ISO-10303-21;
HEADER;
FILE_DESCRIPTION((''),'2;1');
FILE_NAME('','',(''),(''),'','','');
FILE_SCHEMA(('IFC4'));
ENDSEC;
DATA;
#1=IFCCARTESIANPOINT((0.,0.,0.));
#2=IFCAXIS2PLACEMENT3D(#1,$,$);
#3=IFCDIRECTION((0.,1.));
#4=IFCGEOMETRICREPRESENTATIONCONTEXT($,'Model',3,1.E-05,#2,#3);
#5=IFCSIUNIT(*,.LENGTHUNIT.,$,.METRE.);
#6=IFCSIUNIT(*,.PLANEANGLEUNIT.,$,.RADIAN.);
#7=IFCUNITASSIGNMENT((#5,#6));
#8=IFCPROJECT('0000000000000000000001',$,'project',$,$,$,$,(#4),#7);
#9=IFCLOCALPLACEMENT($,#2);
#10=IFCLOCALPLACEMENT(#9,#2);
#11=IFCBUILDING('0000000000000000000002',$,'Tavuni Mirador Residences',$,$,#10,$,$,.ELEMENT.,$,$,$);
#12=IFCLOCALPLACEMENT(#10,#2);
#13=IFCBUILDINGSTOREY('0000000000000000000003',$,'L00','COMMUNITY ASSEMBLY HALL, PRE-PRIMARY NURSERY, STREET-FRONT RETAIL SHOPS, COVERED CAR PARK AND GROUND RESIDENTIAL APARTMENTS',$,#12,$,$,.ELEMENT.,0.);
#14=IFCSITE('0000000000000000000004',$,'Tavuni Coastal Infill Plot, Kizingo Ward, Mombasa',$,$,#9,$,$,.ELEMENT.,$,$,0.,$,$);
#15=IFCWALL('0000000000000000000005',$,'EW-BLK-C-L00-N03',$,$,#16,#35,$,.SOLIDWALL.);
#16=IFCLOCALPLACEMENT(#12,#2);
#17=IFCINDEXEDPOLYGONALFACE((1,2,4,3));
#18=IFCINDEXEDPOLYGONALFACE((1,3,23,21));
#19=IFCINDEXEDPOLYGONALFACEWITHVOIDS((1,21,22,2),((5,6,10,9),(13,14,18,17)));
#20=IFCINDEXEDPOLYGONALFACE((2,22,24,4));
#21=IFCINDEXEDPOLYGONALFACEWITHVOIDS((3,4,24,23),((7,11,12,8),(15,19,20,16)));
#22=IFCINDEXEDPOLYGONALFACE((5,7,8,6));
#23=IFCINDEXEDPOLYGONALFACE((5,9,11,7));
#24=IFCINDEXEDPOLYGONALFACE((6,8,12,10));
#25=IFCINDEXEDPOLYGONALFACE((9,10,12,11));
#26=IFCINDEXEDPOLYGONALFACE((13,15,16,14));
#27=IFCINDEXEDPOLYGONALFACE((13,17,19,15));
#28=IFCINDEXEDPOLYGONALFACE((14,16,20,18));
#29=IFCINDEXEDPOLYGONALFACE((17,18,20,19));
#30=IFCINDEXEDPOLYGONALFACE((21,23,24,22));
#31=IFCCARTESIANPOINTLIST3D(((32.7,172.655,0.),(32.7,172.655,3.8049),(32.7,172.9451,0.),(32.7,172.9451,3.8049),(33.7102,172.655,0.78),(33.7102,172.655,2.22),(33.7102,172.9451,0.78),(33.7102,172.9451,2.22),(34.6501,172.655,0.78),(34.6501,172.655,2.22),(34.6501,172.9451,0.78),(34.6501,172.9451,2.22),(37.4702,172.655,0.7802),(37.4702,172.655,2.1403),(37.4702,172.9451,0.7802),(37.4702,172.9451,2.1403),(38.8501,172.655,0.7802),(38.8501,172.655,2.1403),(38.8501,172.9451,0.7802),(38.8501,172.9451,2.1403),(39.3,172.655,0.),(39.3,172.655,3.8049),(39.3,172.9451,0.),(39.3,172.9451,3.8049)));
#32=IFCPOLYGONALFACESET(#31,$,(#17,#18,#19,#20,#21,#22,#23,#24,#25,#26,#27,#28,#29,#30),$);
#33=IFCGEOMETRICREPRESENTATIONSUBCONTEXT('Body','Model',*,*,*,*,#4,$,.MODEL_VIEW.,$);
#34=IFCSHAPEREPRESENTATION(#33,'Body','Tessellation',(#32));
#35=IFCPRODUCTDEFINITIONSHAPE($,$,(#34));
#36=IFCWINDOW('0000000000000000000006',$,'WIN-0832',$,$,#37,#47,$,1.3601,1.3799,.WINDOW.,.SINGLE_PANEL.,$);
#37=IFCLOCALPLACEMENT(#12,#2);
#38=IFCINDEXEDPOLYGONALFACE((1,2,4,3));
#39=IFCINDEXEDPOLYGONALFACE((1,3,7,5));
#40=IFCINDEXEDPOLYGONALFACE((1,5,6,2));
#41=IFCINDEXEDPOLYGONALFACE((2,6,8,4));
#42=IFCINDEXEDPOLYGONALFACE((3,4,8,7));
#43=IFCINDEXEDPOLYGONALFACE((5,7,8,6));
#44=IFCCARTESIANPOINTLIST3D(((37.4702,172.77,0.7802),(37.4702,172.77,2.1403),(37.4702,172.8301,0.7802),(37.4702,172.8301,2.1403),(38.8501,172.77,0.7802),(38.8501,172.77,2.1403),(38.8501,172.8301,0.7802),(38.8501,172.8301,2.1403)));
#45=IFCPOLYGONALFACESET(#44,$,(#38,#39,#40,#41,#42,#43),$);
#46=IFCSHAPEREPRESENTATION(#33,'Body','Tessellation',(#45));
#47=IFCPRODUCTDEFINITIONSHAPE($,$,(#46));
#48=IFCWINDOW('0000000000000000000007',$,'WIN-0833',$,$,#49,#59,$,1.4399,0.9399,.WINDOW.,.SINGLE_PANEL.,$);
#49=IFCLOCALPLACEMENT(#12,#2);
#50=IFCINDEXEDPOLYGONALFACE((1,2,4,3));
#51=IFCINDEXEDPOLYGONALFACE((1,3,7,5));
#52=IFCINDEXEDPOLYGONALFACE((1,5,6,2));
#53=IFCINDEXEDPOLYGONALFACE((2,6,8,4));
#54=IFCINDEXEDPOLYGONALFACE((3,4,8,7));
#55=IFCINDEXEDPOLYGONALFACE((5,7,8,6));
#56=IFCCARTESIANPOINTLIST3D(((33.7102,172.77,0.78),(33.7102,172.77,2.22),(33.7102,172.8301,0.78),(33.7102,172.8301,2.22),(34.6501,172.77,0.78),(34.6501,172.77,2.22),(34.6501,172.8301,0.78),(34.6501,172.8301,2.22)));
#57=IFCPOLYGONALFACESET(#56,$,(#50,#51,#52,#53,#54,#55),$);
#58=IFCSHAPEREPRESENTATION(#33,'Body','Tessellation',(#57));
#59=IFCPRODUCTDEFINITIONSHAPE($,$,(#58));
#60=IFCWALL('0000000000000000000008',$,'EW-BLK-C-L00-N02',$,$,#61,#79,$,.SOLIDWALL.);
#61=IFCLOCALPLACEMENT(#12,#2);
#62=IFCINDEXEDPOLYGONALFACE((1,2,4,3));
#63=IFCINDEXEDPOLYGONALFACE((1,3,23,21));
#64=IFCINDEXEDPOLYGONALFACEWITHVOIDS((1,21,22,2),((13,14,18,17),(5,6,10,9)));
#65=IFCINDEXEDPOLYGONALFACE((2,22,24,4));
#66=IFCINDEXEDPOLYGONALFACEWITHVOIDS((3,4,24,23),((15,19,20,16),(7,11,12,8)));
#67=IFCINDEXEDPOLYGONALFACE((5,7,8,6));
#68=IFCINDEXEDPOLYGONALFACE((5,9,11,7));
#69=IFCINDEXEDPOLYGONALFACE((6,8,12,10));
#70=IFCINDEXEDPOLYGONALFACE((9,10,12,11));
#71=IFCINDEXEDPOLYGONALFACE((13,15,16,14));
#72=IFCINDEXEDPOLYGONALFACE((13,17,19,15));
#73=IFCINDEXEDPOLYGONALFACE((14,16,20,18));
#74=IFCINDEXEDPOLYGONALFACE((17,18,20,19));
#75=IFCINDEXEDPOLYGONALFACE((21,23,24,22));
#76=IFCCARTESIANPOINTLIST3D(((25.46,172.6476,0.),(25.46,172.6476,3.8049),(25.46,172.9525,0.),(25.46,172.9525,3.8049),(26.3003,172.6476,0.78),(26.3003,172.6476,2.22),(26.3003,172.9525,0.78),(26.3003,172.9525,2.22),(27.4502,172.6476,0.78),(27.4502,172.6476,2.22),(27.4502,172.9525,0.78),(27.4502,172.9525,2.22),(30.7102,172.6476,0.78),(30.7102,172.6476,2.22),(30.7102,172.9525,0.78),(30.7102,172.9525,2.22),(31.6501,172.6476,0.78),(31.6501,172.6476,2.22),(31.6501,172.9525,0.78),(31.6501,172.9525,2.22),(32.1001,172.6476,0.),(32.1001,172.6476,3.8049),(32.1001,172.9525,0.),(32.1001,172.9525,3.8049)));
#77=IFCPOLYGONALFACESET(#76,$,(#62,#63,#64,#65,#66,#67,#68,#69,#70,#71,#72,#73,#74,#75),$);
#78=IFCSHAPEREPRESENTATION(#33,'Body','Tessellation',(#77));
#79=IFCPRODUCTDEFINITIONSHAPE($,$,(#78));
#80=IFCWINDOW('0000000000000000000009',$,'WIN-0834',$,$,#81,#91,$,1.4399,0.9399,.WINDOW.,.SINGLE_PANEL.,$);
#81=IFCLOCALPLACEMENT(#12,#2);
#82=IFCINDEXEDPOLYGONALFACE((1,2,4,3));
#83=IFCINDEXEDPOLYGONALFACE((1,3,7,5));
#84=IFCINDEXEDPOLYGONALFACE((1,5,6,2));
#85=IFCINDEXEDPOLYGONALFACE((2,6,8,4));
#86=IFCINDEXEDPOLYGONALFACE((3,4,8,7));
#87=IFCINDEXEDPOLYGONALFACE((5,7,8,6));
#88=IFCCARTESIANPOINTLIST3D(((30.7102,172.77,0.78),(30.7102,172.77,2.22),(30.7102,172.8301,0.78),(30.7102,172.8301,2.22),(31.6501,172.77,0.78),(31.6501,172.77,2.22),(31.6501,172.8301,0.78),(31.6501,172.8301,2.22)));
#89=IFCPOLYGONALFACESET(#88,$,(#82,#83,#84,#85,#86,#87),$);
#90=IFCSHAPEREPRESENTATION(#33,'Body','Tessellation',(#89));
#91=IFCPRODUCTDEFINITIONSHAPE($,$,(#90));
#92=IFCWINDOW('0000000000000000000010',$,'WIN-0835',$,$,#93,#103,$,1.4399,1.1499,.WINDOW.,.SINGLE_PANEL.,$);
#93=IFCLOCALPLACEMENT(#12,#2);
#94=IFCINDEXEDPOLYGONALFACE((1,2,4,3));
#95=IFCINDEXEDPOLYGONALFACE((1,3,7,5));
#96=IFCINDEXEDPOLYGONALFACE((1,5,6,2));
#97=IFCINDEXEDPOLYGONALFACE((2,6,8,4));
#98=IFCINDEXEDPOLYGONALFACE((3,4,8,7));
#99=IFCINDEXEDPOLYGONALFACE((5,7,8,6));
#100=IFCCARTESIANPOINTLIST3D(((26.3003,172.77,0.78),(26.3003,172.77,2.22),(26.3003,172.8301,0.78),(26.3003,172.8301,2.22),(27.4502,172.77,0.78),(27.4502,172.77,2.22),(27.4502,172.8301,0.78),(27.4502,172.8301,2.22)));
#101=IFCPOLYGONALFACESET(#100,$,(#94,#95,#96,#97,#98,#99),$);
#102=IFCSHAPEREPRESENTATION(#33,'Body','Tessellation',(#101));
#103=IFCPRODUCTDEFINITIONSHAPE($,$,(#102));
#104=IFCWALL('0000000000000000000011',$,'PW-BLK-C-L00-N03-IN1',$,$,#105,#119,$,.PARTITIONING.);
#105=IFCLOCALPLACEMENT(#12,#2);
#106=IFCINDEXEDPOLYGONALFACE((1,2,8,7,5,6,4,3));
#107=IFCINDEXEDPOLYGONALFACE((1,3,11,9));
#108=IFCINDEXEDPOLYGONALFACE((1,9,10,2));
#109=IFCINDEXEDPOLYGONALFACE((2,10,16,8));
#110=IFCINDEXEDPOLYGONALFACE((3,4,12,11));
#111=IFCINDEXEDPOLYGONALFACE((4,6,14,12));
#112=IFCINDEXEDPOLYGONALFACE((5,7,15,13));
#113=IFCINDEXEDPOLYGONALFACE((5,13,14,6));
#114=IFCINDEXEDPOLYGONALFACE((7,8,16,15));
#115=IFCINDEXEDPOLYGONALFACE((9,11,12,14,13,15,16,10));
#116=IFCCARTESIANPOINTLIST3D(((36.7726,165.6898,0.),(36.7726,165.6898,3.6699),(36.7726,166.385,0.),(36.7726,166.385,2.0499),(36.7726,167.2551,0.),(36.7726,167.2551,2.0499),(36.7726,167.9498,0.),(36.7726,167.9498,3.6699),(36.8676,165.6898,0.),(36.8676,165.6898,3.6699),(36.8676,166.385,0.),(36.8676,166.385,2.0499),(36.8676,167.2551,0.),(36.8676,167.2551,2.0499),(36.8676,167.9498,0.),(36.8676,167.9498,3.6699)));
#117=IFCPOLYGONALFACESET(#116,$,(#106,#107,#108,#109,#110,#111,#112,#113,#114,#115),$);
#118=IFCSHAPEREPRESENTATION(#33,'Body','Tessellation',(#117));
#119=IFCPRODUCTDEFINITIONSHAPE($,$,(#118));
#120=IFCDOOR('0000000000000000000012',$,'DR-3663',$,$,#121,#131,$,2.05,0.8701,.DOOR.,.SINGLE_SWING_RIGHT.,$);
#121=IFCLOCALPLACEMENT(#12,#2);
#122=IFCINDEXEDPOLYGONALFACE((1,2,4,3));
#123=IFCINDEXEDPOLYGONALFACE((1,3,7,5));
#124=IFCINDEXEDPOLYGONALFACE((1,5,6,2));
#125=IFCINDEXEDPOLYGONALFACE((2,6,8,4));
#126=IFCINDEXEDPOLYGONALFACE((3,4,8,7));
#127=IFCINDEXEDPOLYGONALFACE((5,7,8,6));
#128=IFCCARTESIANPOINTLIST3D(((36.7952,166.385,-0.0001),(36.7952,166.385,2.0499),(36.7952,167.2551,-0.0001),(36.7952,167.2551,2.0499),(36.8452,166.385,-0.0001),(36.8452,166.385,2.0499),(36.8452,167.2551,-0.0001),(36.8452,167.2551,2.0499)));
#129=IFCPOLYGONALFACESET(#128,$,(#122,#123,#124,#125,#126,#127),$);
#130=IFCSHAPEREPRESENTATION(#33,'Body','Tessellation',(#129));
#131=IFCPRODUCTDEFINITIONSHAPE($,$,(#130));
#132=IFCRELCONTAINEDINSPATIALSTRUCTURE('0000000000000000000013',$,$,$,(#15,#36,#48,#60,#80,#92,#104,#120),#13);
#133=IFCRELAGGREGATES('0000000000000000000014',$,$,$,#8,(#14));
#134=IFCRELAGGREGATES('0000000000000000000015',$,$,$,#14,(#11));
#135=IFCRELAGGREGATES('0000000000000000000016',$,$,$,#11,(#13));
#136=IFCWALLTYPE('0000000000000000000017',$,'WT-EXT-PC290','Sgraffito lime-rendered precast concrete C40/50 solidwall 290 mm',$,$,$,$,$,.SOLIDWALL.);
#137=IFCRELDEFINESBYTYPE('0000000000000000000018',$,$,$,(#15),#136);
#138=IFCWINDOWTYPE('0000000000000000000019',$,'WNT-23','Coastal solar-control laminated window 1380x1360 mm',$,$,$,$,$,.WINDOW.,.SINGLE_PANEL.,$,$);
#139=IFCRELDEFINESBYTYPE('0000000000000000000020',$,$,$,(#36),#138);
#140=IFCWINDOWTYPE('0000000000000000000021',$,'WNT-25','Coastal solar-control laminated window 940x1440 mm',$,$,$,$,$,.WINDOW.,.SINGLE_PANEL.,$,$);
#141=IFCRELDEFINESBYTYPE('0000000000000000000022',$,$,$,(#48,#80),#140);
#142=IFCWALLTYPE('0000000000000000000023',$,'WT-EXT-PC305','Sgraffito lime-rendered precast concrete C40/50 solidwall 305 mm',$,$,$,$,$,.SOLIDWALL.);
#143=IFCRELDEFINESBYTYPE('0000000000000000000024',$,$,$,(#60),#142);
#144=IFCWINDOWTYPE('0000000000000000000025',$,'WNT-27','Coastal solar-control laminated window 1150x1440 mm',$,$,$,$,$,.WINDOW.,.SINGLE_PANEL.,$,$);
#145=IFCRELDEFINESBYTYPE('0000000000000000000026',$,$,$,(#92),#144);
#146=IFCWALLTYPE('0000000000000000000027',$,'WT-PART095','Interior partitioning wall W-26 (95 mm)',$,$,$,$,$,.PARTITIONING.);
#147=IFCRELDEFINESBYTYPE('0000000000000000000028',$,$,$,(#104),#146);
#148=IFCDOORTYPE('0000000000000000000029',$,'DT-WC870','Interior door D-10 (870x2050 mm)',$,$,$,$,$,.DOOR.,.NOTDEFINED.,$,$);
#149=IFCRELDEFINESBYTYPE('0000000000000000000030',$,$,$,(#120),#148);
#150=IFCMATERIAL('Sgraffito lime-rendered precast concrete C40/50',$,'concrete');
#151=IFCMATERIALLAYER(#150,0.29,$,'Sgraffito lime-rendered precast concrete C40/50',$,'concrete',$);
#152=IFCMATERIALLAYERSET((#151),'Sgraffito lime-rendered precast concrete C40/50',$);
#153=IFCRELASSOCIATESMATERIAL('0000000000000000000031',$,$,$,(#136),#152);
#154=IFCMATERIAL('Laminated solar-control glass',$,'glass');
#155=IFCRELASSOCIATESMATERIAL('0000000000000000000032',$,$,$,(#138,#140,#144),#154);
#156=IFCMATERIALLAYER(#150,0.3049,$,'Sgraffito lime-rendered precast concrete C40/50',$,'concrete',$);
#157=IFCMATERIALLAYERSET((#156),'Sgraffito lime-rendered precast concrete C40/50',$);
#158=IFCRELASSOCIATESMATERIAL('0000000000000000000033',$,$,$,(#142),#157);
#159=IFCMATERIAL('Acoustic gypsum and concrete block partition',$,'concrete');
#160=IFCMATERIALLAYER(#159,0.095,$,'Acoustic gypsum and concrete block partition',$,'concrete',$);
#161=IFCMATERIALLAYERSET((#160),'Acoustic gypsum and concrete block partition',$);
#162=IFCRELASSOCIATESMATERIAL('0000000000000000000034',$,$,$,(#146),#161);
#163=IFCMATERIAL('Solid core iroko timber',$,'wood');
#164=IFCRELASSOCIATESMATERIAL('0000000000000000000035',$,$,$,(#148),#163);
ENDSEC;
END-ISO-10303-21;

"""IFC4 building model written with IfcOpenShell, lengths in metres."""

from ifc_helpers import new_model, si_unit, direction, frame, frame_2d, origin, place, context, subcontext, project, spatial, rectangle, extrude, material, layer, layer_set, type_object, element, fill, save


model = new_model("IFC4")

# Units and contexts
model_context = context("Model", 3, precision=1e-05, world=origin(), true_north=direction((0.0, 1.0)))
body_context = subcontext(model_context, "Body", "Model", "MODEL_VIEW")
ifc_project = project(units=[si_unit("LENGTHUNIT", "METRE"), si_unit("PLANEANGLEUNIT", "RADIAN")], contexts=[model_context])

# Site, building, storey
site_placement = place(None, origin())
site = spatial("IfcSite", under=ifc_project, at=site_placement, Name="Tavuni Coastal Infill Plot, Kizingo Ward, Mombasa", CompositionType="ELEMENT", RefElevation=0.0)
building_placement = place(site_placement, origin())
building = spatial("IfcBuilding", under=site, at=building_placement, Name="Tavuni Mirador Residences", CompositionType="ELEMENT")
storey_placement = place(building_placement, origin())
storey = spatial("IfcBuildingStorey", under=building, at=storey_placement, Name="L00", Description="COMMUNITY ASSEMBLY HALL, PRE-PRIMARY NURSERY, STREET-FRONT RETAIL SHOPS, COVERED CAR PARK AND GROUND RESIDENTIAL APARTMENTS", CompositionType="ELEMENT", Elevation=0.0)

# Shared definitions
ifc_material_1 = material(Name="Solid core iroko timber", Category="wood")

# Walls, openings, windows
ifc_material_2 = material(Name="Sgraffito lime-rendered precast concrete C40/50", Category="concrete")
ifc_layer_1 = layer(ifc_material_2, 0.29, Name="Sgraffito lime-rendered precast concrete C40/50", Category="concrete")
ifc_layer_set_1 = layer_set([ifc_layer_1], Name="Sgraffito lime-rendered precast concrete C40/50")
wall_type_1 = type_object("IfcWallType", Name="WT-EXT-PC290", Description="Sgraffito lime-rendered precast concrete C40/50 solidwall 290 mm", PredefinedType="SOLIDWALL", material=ifc_layer_set_1)
wall_1_placement = place(storey_placement, frame((39.3, 172.8, 0.0), z_axis=(0.0, 0.0, 1.0), x_axis=(-1.0, 0.0, 0.0)))
wall_1 = element("IfcWall", 1, at=wall_1_placement, inside=storey, type_object=wall_type_1, Name="EW-BLK-C-L00-N03", PredefinedType="SOLIDWALL", context=body_context, shape_type="SweptSolid", body=[
    extrude(rectangle(XDim=6.6001, YDim=0.29, at=frame_2d((3.3, 0.0))), origin(), (0.0, 0.0, 1.0), 3.8049),
])
opening_1_placement = place(wall_1_placement, frame((0.45, 0.0, 0.78)))
opening_1 = element("IfcOpeningElement", 2, at=opening_1_placement, cuts=wall_1, PredefinedType="OPENING", context=body_context, shape_type="SweptSolid", body=[
    extrude(rectangle(XDim=1.3799, YDim=1.3601, at=frame_2d((0.6899, 0.6802))), frame((0.0, 0.155, 0.0), z_axis=(0.0, -1.0, 0.0), x_axis=(1.0, 0.0, 0.0)), (0.0, 0.0, 1.0), 0.3101),
])
opening_2_placement = place(wall_1_placement, frame((4.6499, 0.0, 0.78)))
opening_2 = element("IfcOpeningElement", 3, at=opening_2_placement, cuts=wall_1, PredefinedType="OPENING", context=body_context, shape_type="SweptSolid", body=[
    extrude(rectangle(XDim=0.9399, YDim=1.4399, at=frame_2d((0.47, 0.72))), frame((0.0, 0.155, 0.0), z_axis=(0.0, -1.0, 0.0), x_axis=(1.0, 0.0, 0.0)), (0.0, 0.0, 1.0), 0.3101),
])
ifc_material_3 = material(Name="Laminated solar-control glass", Category="glass")
window_type_1 = type_object("IfcWindowType", Name="WNT-23", Description="Coastal solar-control laminated window 1380x1360 mm", PartitioningType="SINGLE_PANEL", PredefinedType="WINDOW", material=ifc_material_3)
window_1_placement = place(opening_1_placement, origin())
window_1 = element("IfcWindow", 4, at=window_1_placement, inside=storey, type_object=window_type_1, Name="WIN-0832", OverallHeight=1.3601, OverallWidth=1.3799, PartitioningType="SINGLE_PANEL", PredefinedType="WINDOW", context=body_context, shape_type="SweptSolid", body=[
    extrude(rectangle(XDim=1.3799, YDim=1.3601, at=frame_2d((0.6899, 0.6802))), frame((0.0, 0.03, 0.0), z_axis=(0.0, -1.0, 0.0), x_axis=(1.0, 0.0, 0.0)), (0.0, 0.0, 1.0), 0.0601),
])
fill(opening_1, window_1)
window_type_2 = type_object("IfcWindowType", Name="WNT-25", Description="Coastal solar-control laminated window 940x1440 mm", PartitioningType="SINGLE_PANEL", PredefinedType="WINDOW", material=ifc_material_3)
window_2_placement = place(opening_2_placement, origin())
window_2 = element("IfcWindow", 5, at=window_2_placement, inside=storey, type_object=window_type_2, Name="WIN-0833", OverallHeight=1.4399, OverallWidth=0.9399, PartitioningType="SINGLE_PANEL", PredefinedType="WINDOW", context=body_context, shape_type="SweptSolid", body=[
    extrude(rectangle(XDim=0.9399, YDim=1.4399, at=frame_2d((0.47, 0.72))), frame((0.0, 0.03, 0.0), z_axis=(0.0, -1.0, 0.0), x_axis=(1.0, 0.0, 0.0)), (0.0, 0.0, 1.0), 0.0601),
])
fill(opening_2, window_2)
ifc_layer_2 = layer(ifc_material_2, 0.3049, Name="Sgraffito lime-rendered precast concrete C40/50", Category="concrete")
ifc_layer_set_2 = layer_set([ifc_layer_2], Name="Sgraffito lime-rendered precast concrete C40/50")
wall_type_2 = type_object("IfcWallType", Name="WT-EXT-PC305", Description="Sgraffito lime-rendered precast concrete C40/50 solidwall 305 mm", PredefinedType="SOLIDWALL", material=ifc_layer_set_2)
wall_2_placement = place(storey_placement, frame((32.1001, 172.8, 0.0), z_axis=(0.0, 0.0, 1.0), x_axis=(-1.0, 0.0, 0.0)))
wall_2 = element("IfcWall", 6, at=wall_2_placement, inside=storey, type_object=wall_type_2, Name="EW-BLK-C-L00-N02", PredefinedType="SOLIDWALL", context=body_context, shape_type="SweptSolid", body=[
    extrude(rectangle(XDim=6.6401, YDim=0.3049, at=frame_2d((3.3201, 0.0))), origin(), (0.0, 0.0, 1.0), 3.8049),
])
opening_3_placement = place(wall_2_placement, frame((0.45, 0.0, 0.78)))
opening_3 = element("IfcOpeningElement", 7, at=opening_3_placement, cuts=wall_2, PredefinedType="OPENING", context=body_context, shape_type="SweptSolid", body=[
    extrude(rectangle(XDim=0.9399, YDim=1.4399, at=frame_2d((0.47, 0.72))), frame((0.0, 0.1626, 0.0), z_axis=(0.0, -1.0, 0.0), x_axis=(1.0, 0.0, 0.0)), (0.0, 0.0, 1.0), 0.325),
])
opening_4_placement = place(wall_2_placement, frame((4.6499, 0.0, 0.78)))
opening_4 = element("IfcOpeningElement", 8, at=opening_4_placement, cuts=wall_2, PredefinedType="OPENING", context=body_context, shape_type="SweptSolid", body=[
    extrude(rectangle(XDim=1.1499, YDim=1.4399, at=frame_2d((0.575, 0.72))), frame((0.0, 0.1626, 0.0), z_axis=(0.0, -1.0, 0.0), x_axis=(1.0, 0.0, 0.0)), (0.0, 0.0, 1.0), 0.325),
])
window_3_placement = place(opening_3_placement, origin())
window_3 = element("IfcWindow", 9, at=window_3_placement, inside=storey, type_object=window_type_2, Name="WIN-0834", OverallHeight=1.4399, OverallWidth=0.9399, PartitioningType="SINGLE_PANEL", PredefinedType="WINDOW", context=body_context, shape_type="SweptSolid", body=[
    extrude(rectangle(XDim=0.9399, YDim=1.4399, at=frame_2d((0.47, 0.72))), frame((0.0, 0.03, 0.0), z_axis=(0.0, -1.0, 0.0), x_axis=(1.0, 0.0, 0.0)), (0.0, 0.0, 1.0), 0.0601),
])
fill(opening_3, window_3)
window_type_3 = type_object("IfcWindowType", Name="WNT-27", Description="Coastal solar-control laminated window 1150x1440 mm", PartitioningType="SINGLE_PANEL", PredefinedType="WINDOW", material=ifc_material_3)
window_4_placement = place(opening_4_placement, origin())
window_4 = element("IfcWindow", 10, at=window_4_placement, inside=storey, type_object=window_type_3, Name="WIN-0835", OverallHeight=1.4399, OverallWidth=1.1499, PartitioningType="SINGLE_PANEL", PredefinedType="WINDOW", context=body_context, shape_type="SweptSolid", body=[
    extrude(rectangle(XDim=1.1499, YDim=1.4399, at=frame_2d((0.575, 0.72))), frame((0.0, 0.03, 0.0), z_axis=(0.0, -1.0, 0.0), x_axis=(1.0, 0.0, 0.0)), (0.0, 0.0, 1.0), 0.0601),
])
fill(opening_4, window_4)

# Wall, opening, door
ifc_material_4 = material(Name="Acoustic gypsum and concrete block partition", Category="concrete")
ifc_layer_3 = layer(ifc_material_4, 0.095, Name="Acoustic gypsum and concrete block partition", Category="concrete")
ifc_layer_set_3 = layer_set([ifc_layer_3], Name="Acoustic gypsum and concrete block partition")
wall_type_3 = type_object("IfcWallType", Name="WT-PART095", Description="Interior partitioning wall W-26 (95 mm)", PredefinedType="PARTITIONING", material=ifc_layer_set_3)
wall_3_placement = place(storey_placement, frame((36.8201, 165.6899, 0.0), z_axis=(0.0, 0.0, 1.0), x_axis=(0.0, 1.0, 0.0)))
wall_3 = element("IfcWall", 11, at=wall_3_placement, inside=storey, type_object=wall_type_3, Name="PW-BLK-C-L00-N03-IN1", PredefinedType="PARTITIONING", context=body_context, shape_type="SweptSolid", body=[
    extrude(rectangle(XDim=2.26, YDim=0.095, at=frame_2d((1.1299, 0.0))), origin(), (0.0, 0.0, 1.0), 3.6699),
])
opening_5_placement = place(wall_3_placement, frame((0.6951, 0.0, 0.0)))
opening_5 = element("IfcOpeningElement", 12, at=opening_5_placement, cuts=wall_3, PredefinedType="OPENING", context=body_context, shape_type="SweptSolid", body=[
    extrude(rectangle(XDim=0.8701, YDim=2.05, at=frame_2d((0.4351, 1.0249))), frame((0.0, 0.0576, 0.0), z_axis=(0.0, -1.0, 0.0), x_axis=(1.0, 0.0, 0.0)), (0.0, 0.0, 1.0), 0.115),
])
door_type_1 = type_object("IfcDoorType", Name="DT-WC870", Description="Interior door D-10 (870x2050 mm)", OperationType="NOTDEFINED", PredefinedType="DOOR", material=ifc_material_1)
door_1_placement = place(opening_5_placement, origin())
door_1 = element("IfcDoor", 13, at=door_1_placement, inside=storey, type_object=door_type_1, Name="DR-3663", OperationType="SINGLE_SWING_RIGHT", OverallHeight=2.05, OverallWidth=0.8701, PredefinedType="DOOR", context=body_context, shape_type="SweptSolid", body=[
    extrude(rectangle(XDim=0.8701, YDim=2.05, at=frame_2d((0.4351, 1.0249))), frame((0.0, 0.0249, 0.0), z_axis=(0.0, -1.0, 0.0), x_axis=(1.0, 0.0, 0.0)), (0.0, 0.0, 1.0), 0.05),
])
fill(opening_5, door_1)

save(model, "model.ifc")
